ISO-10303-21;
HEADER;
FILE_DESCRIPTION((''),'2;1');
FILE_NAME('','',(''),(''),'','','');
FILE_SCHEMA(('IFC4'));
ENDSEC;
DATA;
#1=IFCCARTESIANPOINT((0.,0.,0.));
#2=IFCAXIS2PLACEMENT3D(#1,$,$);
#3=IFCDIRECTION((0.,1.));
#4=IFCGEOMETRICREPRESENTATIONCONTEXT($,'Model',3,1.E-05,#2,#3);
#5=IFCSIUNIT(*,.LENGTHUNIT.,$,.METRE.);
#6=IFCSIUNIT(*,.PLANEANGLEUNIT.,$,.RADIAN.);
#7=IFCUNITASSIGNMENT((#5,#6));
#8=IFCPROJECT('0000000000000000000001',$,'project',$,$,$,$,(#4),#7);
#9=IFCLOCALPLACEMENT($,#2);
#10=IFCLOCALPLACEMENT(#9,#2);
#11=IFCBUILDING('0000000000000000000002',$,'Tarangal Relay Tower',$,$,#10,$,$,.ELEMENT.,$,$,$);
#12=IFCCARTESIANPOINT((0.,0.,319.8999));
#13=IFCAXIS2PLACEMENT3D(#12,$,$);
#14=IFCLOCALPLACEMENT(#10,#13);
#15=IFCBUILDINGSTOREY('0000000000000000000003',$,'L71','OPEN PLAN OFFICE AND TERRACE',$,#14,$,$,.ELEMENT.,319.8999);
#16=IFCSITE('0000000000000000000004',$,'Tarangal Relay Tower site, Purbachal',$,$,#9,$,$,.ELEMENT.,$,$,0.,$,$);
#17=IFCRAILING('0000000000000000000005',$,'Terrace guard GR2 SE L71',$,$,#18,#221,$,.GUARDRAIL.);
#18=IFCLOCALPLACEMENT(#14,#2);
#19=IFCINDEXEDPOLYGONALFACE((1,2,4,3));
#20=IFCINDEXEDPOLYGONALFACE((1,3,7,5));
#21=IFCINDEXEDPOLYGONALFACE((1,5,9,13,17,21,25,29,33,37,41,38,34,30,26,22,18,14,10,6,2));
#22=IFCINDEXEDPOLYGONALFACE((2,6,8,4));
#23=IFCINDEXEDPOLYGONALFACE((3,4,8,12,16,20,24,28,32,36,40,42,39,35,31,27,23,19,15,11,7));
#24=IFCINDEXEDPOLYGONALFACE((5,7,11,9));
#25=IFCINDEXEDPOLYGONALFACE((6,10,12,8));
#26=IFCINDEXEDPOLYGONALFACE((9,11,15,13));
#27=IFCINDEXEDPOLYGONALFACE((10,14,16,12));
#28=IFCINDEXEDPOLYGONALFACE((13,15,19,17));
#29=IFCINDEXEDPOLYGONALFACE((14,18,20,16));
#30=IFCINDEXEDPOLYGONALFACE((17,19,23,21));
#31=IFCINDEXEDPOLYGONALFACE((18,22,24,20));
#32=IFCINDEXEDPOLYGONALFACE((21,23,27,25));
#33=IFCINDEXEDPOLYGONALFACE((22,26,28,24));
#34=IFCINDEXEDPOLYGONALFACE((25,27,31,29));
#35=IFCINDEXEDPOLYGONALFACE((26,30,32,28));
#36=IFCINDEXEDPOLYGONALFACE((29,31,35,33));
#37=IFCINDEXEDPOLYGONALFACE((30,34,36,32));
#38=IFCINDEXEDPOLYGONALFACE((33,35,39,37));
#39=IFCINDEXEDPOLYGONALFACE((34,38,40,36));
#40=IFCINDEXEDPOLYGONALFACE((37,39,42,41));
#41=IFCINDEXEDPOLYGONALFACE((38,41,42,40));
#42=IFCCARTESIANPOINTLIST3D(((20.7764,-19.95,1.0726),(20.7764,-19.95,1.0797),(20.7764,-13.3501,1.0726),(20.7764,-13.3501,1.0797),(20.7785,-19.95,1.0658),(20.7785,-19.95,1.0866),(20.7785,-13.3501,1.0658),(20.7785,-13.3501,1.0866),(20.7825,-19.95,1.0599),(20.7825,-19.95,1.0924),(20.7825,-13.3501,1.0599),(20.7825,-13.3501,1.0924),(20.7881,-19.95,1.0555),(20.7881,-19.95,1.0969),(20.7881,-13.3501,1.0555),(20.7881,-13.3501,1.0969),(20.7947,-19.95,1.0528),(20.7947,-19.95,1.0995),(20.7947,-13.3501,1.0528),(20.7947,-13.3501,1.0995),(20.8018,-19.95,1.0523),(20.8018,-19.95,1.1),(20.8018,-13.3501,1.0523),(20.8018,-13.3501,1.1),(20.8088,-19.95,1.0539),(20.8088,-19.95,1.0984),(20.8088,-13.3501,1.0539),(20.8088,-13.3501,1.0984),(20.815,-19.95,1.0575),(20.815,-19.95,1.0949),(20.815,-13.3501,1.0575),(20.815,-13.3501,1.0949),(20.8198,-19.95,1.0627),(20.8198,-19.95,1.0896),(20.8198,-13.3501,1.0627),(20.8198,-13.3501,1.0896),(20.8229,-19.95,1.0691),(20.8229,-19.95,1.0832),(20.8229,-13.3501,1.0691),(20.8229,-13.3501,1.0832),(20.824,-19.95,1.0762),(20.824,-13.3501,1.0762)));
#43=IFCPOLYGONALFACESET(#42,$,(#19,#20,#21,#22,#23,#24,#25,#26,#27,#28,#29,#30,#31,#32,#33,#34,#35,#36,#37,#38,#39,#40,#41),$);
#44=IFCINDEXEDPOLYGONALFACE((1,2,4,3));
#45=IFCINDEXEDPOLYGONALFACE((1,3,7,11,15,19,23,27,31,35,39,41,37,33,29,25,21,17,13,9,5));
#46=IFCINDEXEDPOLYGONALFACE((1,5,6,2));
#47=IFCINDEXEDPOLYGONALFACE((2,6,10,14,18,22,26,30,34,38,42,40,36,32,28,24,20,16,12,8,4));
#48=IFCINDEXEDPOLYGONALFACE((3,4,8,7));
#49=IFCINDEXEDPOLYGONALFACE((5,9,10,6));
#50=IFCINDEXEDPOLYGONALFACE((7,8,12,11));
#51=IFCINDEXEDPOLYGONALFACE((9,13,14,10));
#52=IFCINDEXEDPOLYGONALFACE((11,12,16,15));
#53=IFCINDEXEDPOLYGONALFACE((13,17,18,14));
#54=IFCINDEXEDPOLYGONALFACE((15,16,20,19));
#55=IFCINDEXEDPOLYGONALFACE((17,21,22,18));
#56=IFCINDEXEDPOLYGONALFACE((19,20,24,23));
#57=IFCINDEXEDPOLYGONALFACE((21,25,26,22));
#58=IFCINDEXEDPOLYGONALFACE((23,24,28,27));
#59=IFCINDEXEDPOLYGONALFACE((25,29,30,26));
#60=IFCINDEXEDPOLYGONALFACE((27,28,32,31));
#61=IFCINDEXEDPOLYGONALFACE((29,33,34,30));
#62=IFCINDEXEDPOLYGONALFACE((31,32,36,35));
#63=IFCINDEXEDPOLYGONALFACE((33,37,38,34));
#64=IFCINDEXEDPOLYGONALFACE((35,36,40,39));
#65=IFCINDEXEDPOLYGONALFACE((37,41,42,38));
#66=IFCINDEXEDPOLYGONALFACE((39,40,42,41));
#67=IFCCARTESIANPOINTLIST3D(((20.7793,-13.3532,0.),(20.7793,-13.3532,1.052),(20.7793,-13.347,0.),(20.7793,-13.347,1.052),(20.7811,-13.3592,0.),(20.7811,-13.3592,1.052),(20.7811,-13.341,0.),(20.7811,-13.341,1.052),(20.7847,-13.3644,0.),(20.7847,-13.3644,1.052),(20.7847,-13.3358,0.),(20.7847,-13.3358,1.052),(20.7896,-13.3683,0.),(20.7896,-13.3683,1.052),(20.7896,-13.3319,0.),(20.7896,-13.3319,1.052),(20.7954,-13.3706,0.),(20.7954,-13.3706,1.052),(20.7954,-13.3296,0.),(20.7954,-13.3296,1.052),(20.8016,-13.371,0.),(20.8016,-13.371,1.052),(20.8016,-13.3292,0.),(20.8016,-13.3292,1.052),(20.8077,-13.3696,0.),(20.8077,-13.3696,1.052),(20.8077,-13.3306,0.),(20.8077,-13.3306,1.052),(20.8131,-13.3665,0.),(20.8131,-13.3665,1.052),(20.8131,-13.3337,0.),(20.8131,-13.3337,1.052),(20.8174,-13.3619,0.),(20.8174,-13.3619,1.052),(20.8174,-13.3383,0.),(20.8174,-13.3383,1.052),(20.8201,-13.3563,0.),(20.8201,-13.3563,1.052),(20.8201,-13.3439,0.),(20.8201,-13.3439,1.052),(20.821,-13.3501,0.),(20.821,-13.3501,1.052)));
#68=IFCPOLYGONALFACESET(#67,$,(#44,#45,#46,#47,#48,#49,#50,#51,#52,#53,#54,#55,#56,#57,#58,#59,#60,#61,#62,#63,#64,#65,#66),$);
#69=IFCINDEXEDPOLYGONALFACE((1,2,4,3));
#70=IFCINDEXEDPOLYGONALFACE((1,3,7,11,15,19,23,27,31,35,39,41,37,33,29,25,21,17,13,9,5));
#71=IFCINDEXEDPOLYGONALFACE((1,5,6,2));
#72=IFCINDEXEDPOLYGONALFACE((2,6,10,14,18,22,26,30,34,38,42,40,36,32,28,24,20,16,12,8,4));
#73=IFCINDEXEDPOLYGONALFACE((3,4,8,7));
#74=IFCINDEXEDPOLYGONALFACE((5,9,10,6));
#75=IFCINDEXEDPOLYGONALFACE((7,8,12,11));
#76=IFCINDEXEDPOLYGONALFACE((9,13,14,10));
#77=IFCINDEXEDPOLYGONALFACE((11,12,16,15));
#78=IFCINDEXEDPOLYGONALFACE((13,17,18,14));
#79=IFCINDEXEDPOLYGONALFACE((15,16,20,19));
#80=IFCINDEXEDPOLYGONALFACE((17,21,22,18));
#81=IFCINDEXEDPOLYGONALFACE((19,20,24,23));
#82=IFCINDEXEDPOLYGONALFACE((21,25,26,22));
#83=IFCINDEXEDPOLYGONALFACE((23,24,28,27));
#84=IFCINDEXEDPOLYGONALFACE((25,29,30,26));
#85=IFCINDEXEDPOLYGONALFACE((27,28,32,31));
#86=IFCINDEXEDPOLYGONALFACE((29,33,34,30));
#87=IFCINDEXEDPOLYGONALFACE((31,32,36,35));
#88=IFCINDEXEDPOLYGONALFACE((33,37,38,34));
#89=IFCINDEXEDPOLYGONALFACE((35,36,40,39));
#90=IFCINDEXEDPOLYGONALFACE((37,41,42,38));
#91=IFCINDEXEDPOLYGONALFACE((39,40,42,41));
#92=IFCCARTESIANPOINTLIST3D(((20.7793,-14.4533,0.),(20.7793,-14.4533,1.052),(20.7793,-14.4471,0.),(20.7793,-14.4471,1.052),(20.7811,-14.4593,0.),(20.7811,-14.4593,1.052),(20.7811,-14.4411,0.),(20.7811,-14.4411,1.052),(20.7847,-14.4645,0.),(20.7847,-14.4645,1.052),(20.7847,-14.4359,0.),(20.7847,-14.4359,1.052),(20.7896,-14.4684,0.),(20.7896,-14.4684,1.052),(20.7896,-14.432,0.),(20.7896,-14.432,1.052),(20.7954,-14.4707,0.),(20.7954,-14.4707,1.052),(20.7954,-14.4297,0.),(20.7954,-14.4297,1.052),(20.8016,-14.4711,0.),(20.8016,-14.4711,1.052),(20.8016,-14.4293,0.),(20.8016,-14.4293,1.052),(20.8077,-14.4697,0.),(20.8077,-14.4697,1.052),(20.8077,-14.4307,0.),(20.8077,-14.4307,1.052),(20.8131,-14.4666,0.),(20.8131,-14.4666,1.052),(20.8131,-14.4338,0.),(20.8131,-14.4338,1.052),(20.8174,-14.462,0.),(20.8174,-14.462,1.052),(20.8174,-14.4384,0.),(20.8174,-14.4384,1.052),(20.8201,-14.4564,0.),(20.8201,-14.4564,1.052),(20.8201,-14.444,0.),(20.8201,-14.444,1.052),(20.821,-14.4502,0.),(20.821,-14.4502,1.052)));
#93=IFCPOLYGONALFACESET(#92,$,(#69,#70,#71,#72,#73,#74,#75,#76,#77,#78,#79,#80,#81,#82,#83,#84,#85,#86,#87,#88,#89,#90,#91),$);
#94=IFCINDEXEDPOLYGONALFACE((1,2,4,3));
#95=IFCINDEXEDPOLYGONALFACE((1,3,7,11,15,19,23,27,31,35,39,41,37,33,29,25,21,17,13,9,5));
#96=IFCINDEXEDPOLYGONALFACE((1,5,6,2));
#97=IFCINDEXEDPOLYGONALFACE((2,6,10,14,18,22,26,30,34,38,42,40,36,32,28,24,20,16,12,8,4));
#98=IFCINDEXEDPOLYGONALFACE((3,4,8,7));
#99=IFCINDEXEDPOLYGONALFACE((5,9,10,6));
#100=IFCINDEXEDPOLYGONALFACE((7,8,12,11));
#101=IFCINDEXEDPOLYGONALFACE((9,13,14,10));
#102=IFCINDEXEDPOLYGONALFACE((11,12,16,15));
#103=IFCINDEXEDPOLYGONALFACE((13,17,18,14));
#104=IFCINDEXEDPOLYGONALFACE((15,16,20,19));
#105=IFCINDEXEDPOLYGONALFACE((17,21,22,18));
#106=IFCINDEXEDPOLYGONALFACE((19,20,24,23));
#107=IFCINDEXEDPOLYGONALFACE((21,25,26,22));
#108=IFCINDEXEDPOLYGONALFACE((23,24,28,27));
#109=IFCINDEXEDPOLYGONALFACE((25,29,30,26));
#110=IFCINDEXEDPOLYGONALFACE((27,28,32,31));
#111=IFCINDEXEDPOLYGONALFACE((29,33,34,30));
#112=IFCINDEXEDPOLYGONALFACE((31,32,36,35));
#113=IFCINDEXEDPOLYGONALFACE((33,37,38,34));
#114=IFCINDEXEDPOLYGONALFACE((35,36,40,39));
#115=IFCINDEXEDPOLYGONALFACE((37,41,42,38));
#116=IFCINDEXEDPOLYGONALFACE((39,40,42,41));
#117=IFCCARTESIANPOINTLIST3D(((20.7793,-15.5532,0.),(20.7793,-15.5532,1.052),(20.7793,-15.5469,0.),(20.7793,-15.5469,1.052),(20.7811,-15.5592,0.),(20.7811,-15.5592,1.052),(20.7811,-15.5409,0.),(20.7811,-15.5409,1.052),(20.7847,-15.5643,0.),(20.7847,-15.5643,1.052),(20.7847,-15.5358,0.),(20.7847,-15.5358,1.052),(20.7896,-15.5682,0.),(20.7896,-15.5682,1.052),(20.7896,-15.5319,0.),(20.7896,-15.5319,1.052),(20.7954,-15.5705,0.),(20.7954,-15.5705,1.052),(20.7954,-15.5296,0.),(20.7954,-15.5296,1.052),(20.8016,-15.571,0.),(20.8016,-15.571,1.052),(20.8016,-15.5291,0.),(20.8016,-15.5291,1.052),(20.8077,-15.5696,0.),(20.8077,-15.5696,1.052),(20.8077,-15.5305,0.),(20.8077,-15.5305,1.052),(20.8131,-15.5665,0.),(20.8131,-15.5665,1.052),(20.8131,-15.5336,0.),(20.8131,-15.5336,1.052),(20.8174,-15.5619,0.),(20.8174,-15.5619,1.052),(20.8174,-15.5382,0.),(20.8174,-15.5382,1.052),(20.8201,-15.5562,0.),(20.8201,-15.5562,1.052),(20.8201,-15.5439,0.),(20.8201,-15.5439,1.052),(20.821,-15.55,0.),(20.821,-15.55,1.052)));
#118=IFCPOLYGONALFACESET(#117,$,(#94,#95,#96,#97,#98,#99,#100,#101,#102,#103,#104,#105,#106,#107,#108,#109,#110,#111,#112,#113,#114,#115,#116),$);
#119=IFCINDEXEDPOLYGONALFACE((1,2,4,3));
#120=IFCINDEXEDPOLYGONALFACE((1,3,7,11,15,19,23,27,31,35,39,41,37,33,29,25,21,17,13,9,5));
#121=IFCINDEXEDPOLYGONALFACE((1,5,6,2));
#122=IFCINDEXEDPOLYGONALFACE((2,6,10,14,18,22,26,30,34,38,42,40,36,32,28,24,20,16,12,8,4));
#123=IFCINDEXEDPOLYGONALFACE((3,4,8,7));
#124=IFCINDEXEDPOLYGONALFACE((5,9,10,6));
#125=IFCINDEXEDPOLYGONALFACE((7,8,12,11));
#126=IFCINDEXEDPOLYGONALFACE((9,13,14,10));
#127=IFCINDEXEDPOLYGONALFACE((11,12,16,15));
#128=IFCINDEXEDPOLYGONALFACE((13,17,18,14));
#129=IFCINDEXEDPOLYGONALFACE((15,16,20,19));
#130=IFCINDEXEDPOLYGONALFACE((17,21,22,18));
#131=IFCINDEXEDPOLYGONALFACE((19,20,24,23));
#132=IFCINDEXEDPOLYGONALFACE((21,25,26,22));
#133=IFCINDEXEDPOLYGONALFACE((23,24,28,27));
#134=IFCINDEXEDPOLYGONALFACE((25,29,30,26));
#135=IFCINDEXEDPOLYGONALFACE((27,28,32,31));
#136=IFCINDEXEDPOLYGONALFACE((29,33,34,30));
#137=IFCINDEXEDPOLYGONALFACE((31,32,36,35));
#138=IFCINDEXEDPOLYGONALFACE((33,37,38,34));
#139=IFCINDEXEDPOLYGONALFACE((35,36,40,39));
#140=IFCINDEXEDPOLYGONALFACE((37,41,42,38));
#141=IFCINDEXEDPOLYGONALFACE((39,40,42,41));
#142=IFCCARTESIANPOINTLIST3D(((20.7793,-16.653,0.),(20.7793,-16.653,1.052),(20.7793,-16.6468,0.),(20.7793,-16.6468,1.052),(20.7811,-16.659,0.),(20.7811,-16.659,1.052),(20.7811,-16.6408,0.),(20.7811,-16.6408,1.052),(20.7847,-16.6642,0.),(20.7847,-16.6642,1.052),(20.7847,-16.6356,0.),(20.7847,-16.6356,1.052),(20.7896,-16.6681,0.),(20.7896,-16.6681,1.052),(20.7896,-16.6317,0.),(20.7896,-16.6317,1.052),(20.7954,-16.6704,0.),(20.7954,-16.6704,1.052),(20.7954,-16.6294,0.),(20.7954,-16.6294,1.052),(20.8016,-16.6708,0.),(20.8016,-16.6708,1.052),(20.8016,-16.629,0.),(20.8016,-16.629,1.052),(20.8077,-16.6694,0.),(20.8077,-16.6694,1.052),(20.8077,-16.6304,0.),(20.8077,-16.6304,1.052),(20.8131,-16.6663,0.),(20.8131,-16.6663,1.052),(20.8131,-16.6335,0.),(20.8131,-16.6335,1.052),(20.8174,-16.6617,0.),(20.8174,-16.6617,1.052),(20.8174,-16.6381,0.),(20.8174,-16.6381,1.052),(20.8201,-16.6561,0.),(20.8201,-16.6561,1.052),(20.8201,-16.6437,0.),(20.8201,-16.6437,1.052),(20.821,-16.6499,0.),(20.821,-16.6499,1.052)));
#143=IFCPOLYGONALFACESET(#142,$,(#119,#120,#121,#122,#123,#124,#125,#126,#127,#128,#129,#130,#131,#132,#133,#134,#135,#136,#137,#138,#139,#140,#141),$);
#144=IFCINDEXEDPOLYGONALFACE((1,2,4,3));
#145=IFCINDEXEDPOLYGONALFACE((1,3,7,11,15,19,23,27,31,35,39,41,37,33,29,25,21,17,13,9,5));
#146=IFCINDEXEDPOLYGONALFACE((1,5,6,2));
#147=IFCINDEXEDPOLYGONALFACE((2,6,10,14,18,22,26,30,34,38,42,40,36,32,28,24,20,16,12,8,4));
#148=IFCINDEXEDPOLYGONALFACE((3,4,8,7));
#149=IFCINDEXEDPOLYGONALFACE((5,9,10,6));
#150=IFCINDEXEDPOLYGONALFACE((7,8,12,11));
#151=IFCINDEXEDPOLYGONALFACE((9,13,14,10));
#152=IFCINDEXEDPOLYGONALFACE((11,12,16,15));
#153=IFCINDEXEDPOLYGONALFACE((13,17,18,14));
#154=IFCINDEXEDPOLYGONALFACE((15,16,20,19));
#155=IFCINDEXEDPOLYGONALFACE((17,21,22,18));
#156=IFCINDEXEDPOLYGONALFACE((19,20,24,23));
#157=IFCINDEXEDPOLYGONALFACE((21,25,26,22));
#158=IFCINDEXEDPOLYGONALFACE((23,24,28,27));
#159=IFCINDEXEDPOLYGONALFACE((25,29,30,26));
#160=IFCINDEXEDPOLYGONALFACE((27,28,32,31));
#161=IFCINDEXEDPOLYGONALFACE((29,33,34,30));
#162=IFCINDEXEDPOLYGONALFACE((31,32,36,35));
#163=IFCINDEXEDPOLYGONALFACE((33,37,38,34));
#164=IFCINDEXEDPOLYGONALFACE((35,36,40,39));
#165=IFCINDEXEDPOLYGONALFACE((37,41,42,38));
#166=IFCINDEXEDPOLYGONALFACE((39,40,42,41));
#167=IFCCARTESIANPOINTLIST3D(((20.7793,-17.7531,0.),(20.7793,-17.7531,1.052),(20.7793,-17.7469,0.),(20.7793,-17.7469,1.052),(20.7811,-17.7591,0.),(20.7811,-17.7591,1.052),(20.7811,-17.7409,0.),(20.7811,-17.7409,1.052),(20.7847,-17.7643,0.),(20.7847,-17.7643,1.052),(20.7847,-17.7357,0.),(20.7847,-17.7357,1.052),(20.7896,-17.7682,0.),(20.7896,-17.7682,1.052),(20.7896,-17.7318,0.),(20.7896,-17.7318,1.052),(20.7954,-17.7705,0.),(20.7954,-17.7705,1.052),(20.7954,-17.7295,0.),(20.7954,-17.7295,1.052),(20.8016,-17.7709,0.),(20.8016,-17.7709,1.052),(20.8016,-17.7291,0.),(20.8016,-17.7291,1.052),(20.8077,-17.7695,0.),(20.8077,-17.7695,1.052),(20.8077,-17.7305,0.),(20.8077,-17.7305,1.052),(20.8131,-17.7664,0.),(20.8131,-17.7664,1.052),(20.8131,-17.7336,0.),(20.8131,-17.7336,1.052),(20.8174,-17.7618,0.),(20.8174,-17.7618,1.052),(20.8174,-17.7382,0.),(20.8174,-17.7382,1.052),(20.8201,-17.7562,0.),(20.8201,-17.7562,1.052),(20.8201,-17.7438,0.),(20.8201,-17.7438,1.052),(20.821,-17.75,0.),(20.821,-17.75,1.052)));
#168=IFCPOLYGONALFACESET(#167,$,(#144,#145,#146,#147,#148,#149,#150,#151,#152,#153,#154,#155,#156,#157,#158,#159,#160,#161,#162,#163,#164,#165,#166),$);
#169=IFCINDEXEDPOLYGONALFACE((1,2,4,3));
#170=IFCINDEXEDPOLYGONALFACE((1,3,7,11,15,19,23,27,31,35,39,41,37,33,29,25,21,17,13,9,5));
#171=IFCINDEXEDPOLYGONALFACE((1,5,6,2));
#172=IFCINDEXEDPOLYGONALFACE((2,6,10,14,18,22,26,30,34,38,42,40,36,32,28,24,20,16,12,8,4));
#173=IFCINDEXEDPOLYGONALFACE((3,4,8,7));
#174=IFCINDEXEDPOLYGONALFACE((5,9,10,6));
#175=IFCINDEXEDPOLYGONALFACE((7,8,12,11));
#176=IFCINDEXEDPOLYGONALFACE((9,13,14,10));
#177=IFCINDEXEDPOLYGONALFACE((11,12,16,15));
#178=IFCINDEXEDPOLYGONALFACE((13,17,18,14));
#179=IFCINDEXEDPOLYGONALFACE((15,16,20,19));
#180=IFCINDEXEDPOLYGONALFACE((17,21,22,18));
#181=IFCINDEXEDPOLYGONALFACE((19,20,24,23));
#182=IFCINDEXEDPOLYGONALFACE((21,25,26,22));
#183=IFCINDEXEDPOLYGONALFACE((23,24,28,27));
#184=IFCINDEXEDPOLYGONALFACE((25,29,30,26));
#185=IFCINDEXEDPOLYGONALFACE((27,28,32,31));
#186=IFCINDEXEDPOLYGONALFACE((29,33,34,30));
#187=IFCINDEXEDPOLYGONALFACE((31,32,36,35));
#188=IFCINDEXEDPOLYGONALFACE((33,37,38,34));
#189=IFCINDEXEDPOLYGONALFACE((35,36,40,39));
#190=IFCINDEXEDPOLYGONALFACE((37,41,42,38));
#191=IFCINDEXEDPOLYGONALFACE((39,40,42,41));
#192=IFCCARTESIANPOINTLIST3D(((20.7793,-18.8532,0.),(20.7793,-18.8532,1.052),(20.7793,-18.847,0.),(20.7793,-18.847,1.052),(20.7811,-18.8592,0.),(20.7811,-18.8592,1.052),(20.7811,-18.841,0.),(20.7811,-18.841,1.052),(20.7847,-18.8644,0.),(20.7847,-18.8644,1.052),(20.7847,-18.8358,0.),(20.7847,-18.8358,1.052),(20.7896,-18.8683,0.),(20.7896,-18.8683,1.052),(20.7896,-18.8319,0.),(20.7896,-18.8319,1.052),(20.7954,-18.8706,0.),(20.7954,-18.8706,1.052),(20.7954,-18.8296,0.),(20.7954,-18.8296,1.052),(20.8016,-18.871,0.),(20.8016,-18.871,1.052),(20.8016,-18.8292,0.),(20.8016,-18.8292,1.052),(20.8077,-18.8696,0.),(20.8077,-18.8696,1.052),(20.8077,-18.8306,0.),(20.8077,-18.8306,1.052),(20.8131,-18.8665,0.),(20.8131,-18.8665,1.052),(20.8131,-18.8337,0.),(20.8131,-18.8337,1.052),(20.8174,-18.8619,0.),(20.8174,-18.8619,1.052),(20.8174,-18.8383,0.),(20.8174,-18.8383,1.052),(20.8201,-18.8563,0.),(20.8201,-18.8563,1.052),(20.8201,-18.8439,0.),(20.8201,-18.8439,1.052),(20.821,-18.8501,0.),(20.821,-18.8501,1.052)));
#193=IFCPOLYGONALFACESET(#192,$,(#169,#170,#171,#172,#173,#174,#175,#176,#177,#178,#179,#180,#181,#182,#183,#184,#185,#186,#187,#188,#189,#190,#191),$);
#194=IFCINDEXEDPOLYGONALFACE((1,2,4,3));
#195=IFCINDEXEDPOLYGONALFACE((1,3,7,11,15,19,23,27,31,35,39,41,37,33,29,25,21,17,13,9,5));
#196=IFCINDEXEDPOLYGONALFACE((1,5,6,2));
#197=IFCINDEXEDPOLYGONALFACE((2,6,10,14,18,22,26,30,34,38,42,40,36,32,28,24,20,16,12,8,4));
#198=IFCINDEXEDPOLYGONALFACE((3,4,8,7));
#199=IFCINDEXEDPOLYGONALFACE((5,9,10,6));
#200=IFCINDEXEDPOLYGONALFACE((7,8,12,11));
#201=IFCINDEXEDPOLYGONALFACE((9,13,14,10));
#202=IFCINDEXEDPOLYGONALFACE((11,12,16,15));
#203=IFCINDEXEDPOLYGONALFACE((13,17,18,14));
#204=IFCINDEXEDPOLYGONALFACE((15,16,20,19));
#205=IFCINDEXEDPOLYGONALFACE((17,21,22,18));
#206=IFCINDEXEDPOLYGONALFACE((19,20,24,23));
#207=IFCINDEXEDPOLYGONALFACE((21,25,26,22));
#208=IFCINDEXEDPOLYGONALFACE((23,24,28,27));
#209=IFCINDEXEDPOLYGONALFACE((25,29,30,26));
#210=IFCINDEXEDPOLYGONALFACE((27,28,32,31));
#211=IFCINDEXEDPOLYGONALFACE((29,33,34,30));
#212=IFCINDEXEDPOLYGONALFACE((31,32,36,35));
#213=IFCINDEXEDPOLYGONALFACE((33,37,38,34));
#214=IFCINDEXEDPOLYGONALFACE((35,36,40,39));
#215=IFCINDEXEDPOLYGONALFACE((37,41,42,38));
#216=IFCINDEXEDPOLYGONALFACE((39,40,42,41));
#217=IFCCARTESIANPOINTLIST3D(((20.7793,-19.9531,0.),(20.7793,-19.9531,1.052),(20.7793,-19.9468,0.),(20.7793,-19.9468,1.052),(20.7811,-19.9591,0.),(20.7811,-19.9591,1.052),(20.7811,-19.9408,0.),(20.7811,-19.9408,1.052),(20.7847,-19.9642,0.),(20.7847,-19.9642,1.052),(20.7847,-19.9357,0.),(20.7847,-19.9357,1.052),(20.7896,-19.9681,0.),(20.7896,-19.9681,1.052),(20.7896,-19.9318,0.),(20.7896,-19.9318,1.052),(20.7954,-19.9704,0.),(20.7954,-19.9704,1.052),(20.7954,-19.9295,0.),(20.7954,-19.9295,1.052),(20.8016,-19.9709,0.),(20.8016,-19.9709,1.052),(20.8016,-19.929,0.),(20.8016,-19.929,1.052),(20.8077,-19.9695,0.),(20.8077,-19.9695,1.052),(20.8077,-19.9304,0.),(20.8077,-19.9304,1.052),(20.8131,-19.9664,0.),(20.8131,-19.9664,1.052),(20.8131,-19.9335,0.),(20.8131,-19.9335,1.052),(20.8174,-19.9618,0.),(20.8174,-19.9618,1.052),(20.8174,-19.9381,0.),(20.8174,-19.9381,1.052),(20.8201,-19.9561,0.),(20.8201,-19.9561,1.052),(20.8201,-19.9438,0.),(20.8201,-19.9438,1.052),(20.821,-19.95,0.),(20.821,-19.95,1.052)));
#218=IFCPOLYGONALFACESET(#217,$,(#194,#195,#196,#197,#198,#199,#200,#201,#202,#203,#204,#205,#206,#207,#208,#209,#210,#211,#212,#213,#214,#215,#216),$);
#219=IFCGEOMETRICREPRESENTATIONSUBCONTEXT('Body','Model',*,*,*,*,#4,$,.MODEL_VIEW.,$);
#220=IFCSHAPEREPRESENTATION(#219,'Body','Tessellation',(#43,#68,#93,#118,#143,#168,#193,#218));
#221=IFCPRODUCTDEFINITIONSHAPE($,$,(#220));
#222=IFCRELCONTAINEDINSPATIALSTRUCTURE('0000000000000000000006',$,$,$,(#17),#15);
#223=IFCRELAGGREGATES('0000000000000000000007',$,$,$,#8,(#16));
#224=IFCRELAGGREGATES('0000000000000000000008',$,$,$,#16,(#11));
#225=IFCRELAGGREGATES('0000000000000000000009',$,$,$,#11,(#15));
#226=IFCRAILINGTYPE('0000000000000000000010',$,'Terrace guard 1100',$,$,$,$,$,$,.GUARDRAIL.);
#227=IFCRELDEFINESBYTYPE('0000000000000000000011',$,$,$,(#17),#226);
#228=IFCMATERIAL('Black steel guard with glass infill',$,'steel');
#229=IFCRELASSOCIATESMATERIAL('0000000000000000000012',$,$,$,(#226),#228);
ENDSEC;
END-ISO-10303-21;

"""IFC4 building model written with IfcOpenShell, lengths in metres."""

from ifc_helpers import new_model, si_unit, direction, frame, origin, origin_2d, place, context, subcontext, project, spatial, circle, extrude, material, type_object, element, save


model = new_model("IFC4")

# Units and contexts
model_context = context("Model", 3, precision=1e-05, world=origin(), true_north=direction((0.0, 1.0)))
body_context = subcontext(model_context, "Body", "Model", "MODEL_VIEW")
ifc_project = project(units=[si_unit("LENGTHUNIT", "METRE"), si_unit("PLANEANGLEUNIT", "RADIAN")], contexts=[model_context])

# Site, building, storey
site_placement = place(None, origin())
site = spatial("IfcSite", under=ifc_project, at=site_placement, Name="Tarangal Relay Tower site, Purbachal", CompositionType="ELEMENT", RefElevation=0.0)
building_placement = place(site_placement, origin())
building = spatial("IfcBuilding", under=site, at=building_placement, Name="Tarangal Relay Tower", CompositionType="ELEMENT")
storey_placement = place(building_placement, frame((0.0, 0.0, 319.8999)))
storey = spatial("IfcBuildingStorey", under=building, at=storey_placement, Name="L71", Description="OPEN PLAN OFFICE AND TERRACE", CompositionType="ELEMENT", Elevation=319.8999)

# Railing
ifc_material_1 = material(Name="Black steel guard with glass infill", Category="steel")
railing_type = type_object("IfcRailingType", Name="Terrace guard 1100", PredefinedType="GUARDRAIL", material=ifc_material_1)
railing_1_placement = place(storey_placement, frame((20.8, -13.3501, 0.0)))
element("IfcRailing", 1, at=railing_1_placement, inside=storey, type_object=railing_type, Name="Terrace guard GR2 SE L71", PredefinedType="GUARDRAIL", context=body_context, shape_type="SweptSolid", body=[
    extrude(circle(Radius=0.0239, at=origin_2d()), frame((0.0, 0.0, 1.0762), z_axis=(0.0, -1.0, 0.0), x_axis=(1.0, 0.0, 0.0)), (0.0, 0.0, 1.0), 6.5999),
    extrude(circle(Radius=0.021, at=origin_2d()), origin(), (0.0, 0.0, 1.0), 1.052),
    extrude(circle(Radius=0.021, at=origin_2d()), frame((0.0, -1.1001, 0.0)), (0.0, 0.0, 1.0), 1.052),
    extrude(circle(Radius=0.021, at=origin_2d()), frame((0.0, -2.2, 0.0)), (0.0, 0.0, 1.0), 1.052),
    extrude(circle(Radius=0.021, at=origin_2d()), frame((0.0, -3.2998, 0.0)), (0.0, 0.0, 1.0), 1.052),
    extrude(circle(Radius=0.021, at=origin_2d()), frame((0.0, -4.3999, 0.0)), (0.0, 0.0, 1.0), 1.052),
    extrude(circle(Radius=0.021, at=origin_2d()), frame((0.0, -5.5, 0.0)), (0.0, 0.0, 1.0), 1.052),
    extrude(circle(Radius=0.021, at=origin_2d()), frame((0.0, -6.5999, 0.0)), (0.0, 0.0, 1.0), 1.052),
])

save(model, "model.ifc")
